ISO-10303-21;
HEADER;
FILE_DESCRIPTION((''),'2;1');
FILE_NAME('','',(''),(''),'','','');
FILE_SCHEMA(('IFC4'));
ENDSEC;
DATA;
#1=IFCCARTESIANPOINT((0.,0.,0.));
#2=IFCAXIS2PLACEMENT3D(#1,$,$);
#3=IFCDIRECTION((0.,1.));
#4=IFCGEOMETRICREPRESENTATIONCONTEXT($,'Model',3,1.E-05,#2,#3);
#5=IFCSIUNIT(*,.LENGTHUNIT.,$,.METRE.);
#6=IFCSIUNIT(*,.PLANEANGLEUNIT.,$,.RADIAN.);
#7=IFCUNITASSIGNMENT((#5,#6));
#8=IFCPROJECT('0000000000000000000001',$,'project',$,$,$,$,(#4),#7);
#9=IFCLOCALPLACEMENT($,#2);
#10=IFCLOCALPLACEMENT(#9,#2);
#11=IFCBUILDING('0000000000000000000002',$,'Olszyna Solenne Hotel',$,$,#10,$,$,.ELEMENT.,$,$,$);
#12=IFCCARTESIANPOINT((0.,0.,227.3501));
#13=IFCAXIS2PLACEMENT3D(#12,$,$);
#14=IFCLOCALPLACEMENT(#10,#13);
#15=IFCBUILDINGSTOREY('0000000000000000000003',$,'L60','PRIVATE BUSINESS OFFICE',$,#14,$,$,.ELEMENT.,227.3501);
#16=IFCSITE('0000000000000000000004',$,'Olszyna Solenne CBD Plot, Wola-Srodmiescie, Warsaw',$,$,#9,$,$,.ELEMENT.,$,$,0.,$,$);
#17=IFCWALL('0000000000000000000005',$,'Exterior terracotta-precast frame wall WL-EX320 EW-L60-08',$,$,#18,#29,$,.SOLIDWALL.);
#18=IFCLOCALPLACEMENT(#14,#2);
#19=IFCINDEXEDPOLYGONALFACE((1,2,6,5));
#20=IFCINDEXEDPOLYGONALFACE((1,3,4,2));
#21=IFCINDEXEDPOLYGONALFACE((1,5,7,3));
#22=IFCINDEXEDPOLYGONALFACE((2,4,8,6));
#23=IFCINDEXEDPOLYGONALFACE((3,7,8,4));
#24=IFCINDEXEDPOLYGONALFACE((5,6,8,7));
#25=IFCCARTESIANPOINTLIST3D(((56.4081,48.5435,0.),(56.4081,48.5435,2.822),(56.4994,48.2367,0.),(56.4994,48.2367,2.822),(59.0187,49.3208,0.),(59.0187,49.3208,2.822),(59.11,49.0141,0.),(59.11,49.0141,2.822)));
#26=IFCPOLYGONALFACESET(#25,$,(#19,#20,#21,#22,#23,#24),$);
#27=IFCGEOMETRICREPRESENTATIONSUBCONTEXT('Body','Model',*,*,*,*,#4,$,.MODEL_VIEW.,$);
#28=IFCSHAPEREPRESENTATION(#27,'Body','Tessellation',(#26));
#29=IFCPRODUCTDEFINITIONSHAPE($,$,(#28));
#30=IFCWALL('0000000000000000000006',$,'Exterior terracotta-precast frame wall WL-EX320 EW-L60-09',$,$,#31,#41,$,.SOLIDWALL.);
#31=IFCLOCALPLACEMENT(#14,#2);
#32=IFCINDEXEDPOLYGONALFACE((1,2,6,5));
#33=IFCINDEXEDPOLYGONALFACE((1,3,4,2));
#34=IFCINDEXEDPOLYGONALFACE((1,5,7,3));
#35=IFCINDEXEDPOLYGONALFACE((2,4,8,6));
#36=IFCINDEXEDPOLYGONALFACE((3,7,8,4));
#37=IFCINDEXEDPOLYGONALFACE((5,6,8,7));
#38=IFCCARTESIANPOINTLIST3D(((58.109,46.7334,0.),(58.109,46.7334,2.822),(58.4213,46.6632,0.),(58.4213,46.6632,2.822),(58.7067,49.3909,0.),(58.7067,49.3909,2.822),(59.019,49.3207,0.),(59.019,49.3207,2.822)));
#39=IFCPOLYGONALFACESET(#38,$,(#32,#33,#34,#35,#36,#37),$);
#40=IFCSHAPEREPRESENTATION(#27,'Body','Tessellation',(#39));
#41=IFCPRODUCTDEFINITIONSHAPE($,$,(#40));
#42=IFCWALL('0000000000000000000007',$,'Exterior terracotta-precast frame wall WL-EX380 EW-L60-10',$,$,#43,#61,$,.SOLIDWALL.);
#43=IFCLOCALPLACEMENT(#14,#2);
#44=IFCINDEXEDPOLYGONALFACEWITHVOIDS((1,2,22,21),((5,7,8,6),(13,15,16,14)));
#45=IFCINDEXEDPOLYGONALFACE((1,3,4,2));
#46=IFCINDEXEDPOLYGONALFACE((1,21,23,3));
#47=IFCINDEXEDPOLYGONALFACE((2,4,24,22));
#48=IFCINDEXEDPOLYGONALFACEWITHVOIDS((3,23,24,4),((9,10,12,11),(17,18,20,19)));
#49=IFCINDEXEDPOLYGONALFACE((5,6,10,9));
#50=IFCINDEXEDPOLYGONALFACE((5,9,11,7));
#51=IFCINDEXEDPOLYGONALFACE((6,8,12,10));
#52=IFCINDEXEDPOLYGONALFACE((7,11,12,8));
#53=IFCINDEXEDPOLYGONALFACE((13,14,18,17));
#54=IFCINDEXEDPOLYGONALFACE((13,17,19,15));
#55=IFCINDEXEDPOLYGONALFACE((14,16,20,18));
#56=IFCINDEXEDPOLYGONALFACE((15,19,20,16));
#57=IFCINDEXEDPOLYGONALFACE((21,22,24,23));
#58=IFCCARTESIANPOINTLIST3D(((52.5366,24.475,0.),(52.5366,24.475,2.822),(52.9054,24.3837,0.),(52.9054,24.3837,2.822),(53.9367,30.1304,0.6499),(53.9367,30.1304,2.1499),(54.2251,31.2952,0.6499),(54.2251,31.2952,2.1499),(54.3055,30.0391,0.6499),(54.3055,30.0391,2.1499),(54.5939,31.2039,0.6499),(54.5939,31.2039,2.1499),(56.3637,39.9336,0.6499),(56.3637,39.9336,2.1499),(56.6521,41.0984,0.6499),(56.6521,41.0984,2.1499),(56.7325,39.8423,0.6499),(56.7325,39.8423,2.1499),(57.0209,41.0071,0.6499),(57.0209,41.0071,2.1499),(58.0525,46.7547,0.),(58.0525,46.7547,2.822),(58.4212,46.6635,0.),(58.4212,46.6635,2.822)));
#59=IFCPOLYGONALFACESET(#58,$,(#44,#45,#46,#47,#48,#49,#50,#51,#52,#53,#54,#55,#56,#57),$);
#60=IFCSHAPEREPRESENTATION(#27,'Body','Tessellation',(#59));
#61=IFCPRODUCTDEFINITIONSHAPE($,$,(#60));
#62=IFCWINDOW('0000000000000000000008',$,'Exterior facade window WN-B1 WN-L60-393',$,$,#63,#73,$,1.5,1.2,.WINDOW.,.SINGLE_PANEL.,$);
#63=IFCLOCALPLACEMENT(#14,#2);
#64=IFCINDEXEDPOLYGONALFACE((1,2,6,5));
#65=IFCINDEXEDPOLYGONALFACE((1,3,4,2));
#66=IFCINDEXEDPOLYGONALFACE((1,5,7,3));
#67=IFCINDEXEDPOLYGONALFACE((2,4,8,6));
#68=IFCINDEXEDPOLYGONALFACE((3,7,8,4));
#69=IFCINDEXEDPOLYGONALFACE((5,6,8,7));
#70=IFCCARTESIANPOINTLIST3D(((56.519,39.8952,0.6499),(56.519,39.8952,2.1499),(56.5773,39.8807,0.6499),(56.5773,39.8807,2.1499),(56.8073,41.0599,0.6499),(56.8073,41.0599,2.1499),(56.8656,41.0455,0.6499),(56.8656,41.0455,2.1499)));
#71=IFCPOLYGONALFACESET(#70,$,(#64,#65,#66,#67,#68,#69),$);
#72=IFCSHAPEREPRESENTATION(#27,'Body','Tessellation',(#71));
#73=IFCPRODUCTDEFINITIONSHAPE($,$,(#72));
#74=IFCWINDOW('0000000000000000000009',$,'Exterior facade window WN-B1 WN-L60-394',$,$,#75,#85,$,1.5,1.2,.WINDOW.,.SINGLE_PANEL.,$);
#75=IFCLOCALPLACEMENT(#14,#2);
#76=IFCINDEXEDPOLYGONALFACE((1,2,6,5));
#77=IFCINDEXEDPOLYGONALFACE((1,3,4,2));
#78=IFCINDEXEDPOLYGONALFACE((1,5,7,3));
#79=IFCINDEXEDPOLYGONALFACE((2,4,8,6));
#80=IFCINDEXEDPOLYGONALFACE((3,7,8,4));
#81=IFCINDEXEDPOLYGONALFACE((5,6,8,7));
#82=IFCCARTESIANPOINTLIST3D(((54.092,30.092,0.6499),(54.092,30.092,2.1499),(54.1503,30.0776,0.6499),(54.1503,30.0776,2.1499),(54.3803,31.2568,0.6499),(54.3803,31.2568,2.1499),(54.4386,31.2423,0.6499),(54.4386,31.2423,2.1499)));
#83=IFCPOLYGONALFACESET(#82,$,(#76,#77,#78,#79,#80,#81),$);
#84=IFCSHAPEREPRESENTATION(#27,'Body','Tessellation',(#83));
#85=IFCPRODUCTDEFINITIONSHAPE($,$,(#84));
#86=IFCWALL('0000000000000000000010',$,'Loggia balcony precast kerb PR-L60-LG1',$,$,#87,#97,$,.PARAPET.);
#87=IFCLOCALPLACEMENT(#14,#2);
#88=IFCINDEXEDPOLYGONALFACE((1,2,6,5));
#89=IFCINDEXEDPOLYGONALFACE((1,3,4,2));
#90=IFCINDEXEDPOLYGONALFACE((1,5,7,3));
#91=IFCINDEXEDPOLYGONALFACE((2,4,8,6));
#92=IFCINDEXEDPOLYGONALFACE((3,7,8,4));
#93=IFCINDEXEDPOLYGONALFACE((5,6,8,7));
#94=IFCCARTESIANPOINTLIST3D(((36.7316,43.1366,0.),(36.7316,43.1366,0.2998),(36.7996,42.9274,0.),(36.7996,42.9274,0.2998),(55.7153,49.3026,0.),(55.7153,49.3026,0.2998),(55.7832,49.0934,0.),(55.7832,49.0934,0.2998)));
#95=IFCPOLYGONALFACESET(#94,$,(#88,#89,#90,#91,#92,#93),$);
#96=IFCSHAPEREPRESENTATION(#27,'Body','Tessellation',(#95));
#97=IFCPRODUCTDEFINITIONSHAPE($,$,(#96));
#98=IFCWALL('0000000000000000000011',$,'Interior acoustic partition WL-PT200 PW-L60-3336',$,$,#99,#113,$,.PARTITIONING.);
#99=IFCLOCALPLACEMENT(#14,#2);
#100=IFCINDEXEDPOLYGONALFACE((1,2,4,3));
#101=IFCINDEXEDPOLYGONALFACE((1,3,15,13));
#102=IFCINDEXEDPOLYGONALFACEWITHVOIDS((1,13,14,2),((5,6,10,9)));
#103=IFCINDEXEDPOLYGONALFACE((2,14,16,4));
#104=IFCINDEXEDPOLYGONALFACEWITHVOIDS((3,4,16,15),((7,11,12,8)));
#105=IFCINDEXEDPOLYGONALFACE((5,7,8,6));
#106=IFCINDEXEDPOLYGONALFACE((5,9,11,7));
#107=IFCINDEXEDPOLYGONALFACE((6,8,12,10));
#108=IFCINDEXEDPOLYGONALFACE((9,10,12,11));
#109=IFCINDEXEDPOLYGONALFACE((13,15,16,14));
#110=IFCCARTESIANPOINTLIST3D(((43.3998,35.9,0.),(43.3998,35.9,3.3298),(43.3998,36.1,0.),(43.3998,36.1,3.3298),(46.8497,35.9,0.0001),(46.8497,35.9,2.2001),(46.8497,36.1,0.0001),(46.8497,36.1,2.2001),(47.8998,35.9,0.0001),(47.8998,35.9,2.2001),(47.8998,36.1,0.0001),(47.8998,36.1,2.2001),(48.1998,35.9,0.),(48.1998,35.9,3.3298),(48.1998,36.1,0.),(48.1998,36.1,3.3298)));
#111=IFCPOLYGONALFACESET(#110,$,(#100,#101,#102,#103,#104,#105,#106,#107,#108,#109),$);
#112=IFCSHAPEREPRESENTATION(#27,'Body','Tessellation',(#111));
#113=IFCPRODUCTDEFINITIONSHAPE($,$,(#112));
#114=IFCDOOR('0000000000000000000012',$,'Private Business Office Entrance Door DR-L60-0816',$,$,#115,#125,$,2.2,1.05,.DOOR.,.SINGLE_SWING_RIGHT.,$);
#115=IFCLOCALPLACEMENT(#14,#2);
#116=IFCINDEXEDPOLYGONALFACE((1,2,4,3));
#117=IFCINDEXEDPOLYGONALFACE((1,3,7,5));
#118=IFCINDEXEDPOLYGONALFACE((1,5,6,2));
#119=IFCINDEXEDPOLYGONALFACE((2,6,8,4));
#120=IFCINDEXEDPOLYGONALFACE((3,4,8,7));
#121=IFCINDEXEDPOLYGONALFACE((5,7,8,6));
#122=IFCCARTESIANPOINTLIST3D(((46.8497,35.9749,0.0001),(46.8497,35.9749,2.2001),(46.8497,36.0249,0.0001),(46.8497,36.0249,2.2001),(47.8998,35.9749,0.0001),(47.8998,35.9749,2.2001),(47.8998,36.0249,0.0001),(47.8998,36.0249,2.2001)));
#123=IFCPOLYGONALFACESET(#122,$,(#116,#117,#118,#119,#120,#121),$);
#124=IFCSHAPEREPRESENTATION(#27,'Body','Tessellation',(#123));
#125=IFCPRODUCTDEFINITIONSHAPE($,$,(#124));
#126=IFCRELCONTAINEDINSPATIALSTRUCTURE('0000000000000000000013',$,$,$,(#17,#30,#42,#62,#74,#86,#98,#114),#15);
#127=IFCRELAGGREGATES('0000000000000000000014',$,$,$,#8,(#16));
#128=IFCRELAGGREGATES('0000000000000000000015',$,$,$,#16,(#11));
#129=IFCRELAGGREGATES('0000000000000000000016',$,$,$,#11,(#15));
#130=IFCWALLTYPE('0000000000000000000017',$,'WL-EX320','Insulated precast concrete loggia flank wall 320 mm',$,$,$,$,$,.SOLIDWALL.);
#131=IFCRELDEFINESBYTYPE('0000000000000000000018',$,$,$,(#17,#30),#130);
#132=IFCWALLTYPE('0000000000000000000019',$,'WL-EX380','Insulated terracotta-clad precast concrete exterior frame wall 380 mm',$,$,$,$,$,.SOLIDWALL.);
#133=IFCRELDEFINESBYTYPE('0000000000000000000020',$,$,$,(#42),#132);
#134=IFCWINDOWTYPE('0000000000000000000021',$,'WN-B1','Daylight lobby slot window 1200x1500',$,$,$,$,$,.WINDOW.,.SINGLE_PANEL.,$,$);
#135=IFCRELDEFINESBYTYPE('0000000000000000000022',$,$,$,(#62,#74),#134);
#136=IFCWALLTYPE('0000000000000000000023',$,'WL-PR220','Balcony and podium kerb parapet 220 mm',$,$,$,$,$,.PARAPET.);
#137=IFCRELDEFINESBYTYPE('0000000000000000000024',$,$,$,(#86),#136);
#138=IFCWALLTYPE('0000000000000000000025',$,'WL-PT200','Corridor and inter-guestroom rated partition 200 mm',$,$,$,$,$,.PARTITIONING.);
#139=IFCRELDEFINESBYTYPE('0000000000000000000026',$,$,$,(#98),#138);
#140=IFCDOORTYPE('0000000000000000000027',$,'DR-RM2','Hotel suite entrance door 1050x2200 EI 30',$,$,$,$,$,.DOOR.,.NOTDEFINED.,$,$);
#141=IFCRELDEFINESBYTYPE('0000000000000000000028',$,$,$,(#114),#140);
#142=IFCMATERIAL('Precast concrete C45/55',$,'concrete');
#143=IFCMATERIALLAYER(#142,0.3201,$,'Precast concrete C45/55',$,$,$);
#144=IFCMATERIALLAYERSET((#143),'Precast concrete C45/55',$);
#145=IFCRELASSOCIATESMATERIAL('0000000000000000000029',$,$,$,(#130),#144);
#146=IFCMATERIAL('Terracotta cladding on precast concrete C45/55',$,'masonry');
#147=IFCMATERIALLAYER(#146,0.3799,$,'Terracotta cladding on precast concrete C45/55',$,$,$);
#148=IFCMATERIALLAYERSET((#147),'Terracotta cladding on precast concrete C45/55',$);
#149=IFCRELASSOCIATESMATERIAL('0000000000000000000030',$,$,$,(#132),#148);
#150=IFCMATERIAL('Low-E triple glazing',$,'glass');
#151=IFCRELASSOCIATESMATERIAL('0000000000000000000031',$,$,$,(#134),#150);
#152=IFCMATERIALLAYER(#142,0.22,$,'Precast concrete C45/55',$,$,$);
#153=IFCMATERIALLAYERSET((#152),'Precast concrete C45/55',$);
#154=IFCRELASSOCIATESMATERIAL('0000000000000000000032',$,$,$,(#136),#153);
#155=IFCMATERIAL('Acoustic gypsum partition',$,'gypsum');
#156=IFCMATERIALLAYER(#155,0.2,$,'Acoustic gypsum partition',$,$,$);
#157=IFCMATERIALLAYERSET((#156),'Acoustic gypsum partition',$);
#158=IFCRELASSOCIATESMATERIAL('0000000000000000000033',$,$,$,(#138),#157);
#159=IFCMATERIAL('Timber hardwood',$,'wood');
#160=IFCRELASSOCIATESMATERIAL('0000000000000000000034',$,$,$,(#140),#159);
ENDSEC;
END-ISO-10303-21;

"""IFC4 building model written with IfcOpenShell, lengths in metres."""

from ifc_helpers import new_model, si_unit, direction, frame, frame_2d, origin, place, context, subcontext, project, spatial, rectangle, extrude, source, transform, mapped, material, layer, layer_set, type_object, type_shapes, element, fill, save


model = new_model("IFC4")

# Units and contexts
model_context = context("Model", 3, precision=1e-05, world=origin(), true_north=direction((0.0, 1.0)))
body_context = subcontext(model_context, "Body", "Model", "MODEL_VIEW")
ifc_project = project(units=[si_unit("LENGTHUNIT", "METRE"), si_unit("PLANEANGLEUNIT", "RADIAN")], contexts=[model_context])

# Site, building, storey
site_placement = place(None, origin())
site = spatial("IfcSite", under=ifc_project, at=site_placement, Name="Olszyna Solenne CBD Plot, Wola-Srodmiescie, Warsaw", CompositionType="ELEMENT", RefElevation=0.0)
building_placement = place(site_placement, origin())
building = spatial("IfcBuilding", under=site, at=building_placement, Name="Olszyna Solenne Hotel", CompositionType="ELEMENT")
storey_placement = place(building_placement, frame((0.0, 0.0, 227.3501)))
storey = spatial("IfcBuildingStorey", under=building, at=storey_placement, Name="L60", Description="PRIVATE BUSINESS OFFICE", CompositionType="ELEMENT", Elevation=227.3501)

# Walls
ifc_material_1 = material(Name="Precast concrete C45/55", Category="concrete")
ifc_layer_1 = layer(ifc_material_1, 0.3201, Name="Precast concrete C45/55")
ifc_layer_set_1 = layer_set([ifc_layer_1], Name="Precast concrete C45/55")
wall_type_1 = type_object("IfcWallType", Name="WL-EX320", Description="Insulated precast concrete loggia flank wall 320 mm", PredefinedType="SOLIDWALL", material=ifc_layer_set_1)
for number, where, z_axis, x_axis, name in (
    (1, (56.4539, 48.3901, 0.0), (0.0, 0.0, 1.0), (0.958414, 0.285382, 0.0), "Exterior terracotta-precast frame wall WL-EX320 EW-L60-08"),
    (2, (58.8628, 49.3557, 0.0), (0.0, 0.0, 1.0), (-0.219416, -0.975631, 0.0), "Exterior terracotta-precast frame wall WL-EX320 EW-L60-09"),
):
    element("IfcWall", number, at=place(storey_placement, frame(where, z_axis=z_axis, x_axis=x_axis)), inside=storey, type_object=wall_type_1, Name=name, PredefinedType="SOLIDWALL", context=body_context, shape_type="SweptSolid", body=[
        extrude(rectangle(XDim=2.7239, YDim=0.3201, at=frame_2d((1.3618, 0.0))), origin(), (0.0, 0.0, 1.0), 2.822),
    ])

# Wall, openings, windows
ifc_material_2 = material(Name="Terracotta cladding on precast concrete C45/55", Category="masonry")
ifc_layer_2 = layer(ifc_material_2, 0.3799, Name="Terracotta cladding on precast concrete C45/55")
ifc_layer_set_2 = layer_set([ifc_layer_2], Name="Terracotta cladding on precast concrete C45/55")
wall_type_2 = type_object("IfcWallType", Name="WL-EX380", Description="Insulated terracotta-clad precast concrete exterior frame wall 380 mm", PredefinedType="SOLIDWALL", material=ifc_layer_set_2)
wall_1_placement = place(storey_placement, frame((58.2368, 46.709, 0.0), z_axis=(0.0, 0.0, 1.0), x_axis=(-0.240318, -0.970694, 0.0)))
wall_1 = element("IfcWall", 3, at=wall_1_placement, inside=storey, type_object=wall_type_2, Name="Exterior terracotta-precast frame wall WL-EX380 EW-L60-10", PredefinedType="SOLIDWALL", context=body_context, shape_type="SweptSolid", body=[
    extrude(rectangle(XDim=22.9524, YDim=0.3799, at=frame_2d((11.4761, 0.0))), origin(), (0.0, 0.0, 1.0), 2.822),
])
opening_1_placement = place(wall_1_placement, frame((5.8269, 0.0, 0.6499)))
opening_1 = element("IfcOpeningElement", 4, at=opening_1_placement, cuts=wall_1, PredefinedType="OPENING", context=body_context, shape_type="SweptSolid", body=[
    extrude(rectangle(XDim=1.2, YDim=1.5, at=frame_2d((0.6001, 0.75))), frame((0.0, 0.2, 0.0), z_axis=(0.0, -1.0, 0.0), x_axis=(1.0, 0.0, 0.0)), (0.0, 0.0, 1.0), 0.3999),
])
opening_2_placement = place(wall_1_placement, frame((15.926, 0.0, 0.6499)))
opening_2 = element("IfcOpeningElement", 5, at=opening_2_placement, cuts=wall_1, PredefinedType="OPENING", context=body_context, shape_type="SweptSolid", body=[
    extrude(rectangle(XDim=1.2, YDim=1.5, at=frame_2d((0.6001, 0.75))), frame((0.0, 0.2, 0.0), z_axis=(0.0, -1.0, 0.0), x_axis=(1.0, 0.0, 0.0)), (0.0, 0.0, 1.0), 0.3999),
])
ifc_material_3 = material(Name="Low-E triple glazing", Category="glass")
window_type = type_object("IfcWindowType", Name="WN-B1", Description="Daylight lobby slot window 1200x1500", PartitioningType="SINGLE_PANEL", PredefinedType="WINDOW", material=ifc_material_3)
shared_shape_1 = source(origin(), body_context, "Body", "SweptSolid", [
    extrude(rectangle(XDim=1.2, YDim=1.5, at=frame_2d((0.6001, 0.75))), frame((0.0, 0.03, 0.0), z_axis=(0.0, -1.0, 0.0), x_axis=(1.0, 0.0, 0.0)), (0.0, 0.0, 1.0), 0.0601),
])
type_shapes(window_type, [shared_shape_1])
window_1_placement = place(opening_1_placement, origin())
window_1 = element("IfcWindow", 6, at=window_1_placement, inside=storey, type_object=window_type, Name="Exterior facade window WN-B1 WN-L60-393", OverallHeight=1.5, OverallWidth=1.2, PartitioningType="SINGLE_PANEL", PredefinedType="WINDOW", context=body_context, shape_type="MappedRepresentation", body=[
    mapped(shared_shape_1, transform((0.0, 0.0, 0.0), x_axis=(1.0, 0.0, 0.0), y_axis=(0.0, 1.0, 0.0), z_axis=(0.0, 0.0, 1.0), scale=1.0)),
])
fill(opening_1, window_1)
window_2_placement = place(opening_2_placement, origin())
window_2 = element("IfcWindow", 7, at=window_2_placement, inside=storey, type_object=window_type, Name="Exterior facade window WN-B1 WN-L60-394", OverallHeight=1.5, OverallWidth=1.2, PartitioningType="SINGLE_PANEL", PredefinedType="WINDOW", context=body_context, shape_type="MappedRepresentation", body=[
    mapped(shared_shape_1, transform((0.0, 0.0, 0.0), x_axis=(1.0, 0.0, 0.0), y_axis=(0.0, 1.0, 0.0), z_axis=(0.0, 0.0, 1.0), scale=1.0)),
])
fill(opening_2, window_2)

# Wall
ifc_layer_3 = layer(ifc_material_1, 0.22, Name="Precast concrete C45/55")
ifc_layer_set_3 = layer_set([ifc_layer_3], Name="Precast concrete C45/55")
wall_type_3 = type_object("IfcWallType", Name="WL-PR220", Description="Balcony and podium kerb parapet 220 mm", PredefinedType="PARAPET", material=ifc_layer_set_3)
wall_2_placement = place(storey_placement, frame((55.7493, 49.198, 0.0), z_axis=(0.0, 0.0, 1.0), x_axis=(-0.951088, -0.30892, 0.0)))
element("IfcWall", 8, at=wall_2_placement, inside=storey, type_object=wall_type_3, Name="Loggia balcony precast kerb PR-L60-LG1", PredefinedType="PARAPET", context=body_context, shape_type="SweptSolid", body=[
    extrude(rectangle(XDim=19.96, YDim=0.22, at=frame_2d((9.98, 0.0))), origin(), (0.0, 0.0, 1.0), 0.2998),
])

# Wall, opening, door
ifc_material_4 = material(Name="Acoustic gypsum partition", Category="gypsum")
ifc_layer_4 = layer(ifc_material_4, 0.2, Name="Acoustic gypsum partition")
ifc_layer_set_4 = layer_set([ifc_layer_4], Name="Acoustic gypsum partition")
wall_type_4 = type_object("IfcWallType", Name="WL-PT200", Description="Corridor and inter-guestroom rated partition 200 mm", PredefinedType="PARTITIONING", material=ifc_layer_set_4)
wall_3_placement = place(storey_placement, frame((43.3999, 36.0, 0.0), z_axis=(0.0, 0.0, 1.0), x_axis=(1.0, 0.0, 0.0)))
wall_3 = element("IfcWall", 9, at=wall_3_placement, inside=storey, type_object=wall_type_4, Name="Interior acoustic partition WL-PT200 PW-L60-3336", PredefinedType="PARTITIONING", context=body_context, shape_type="SweptSolid", body=[
    extrude(rectangle(XDim=4.8, YDim=0.2, at=frame_2d((2.3999, 0.0))), origin(), (0.0, 0.0, 1.0), 3.3298),
])
opening_3_placement = place(wall_3_placement, frame((3.45, 0.0, 0.0)))
opening_3 = element("IfcOpeningElement", 10, at=opening_3_placement, cuts=wall_3, PredefinedType="OPENING", context=body_context, shape_type="SweptSolid", body=[
    extrude(rectangle(XDim=1.05, YDim=2.2, at=frame_2d((0.5249, 1.1001))), frame((0.0, 0.1099, 0.0), z_axis=(0.0, -1.0, 0.0), x_axis=(1.0, 0.0, 0.0)), (0.0, 0.0, 1.0), 0.22),
])
ifc_material_5 = material(Name="Timber hardwood", Category="wood")
door_type = type_object("IfcDoorType", Name="DR-RM2", Description="Hotel suite entrance door 1050x2200 EI 30", OperationType="NOTDEFINED", PredefinedType="DOOR", material=ifc_material_5)
shared_shape_2 = source(origin(), body_context, "Body", "SweptSolid", [
    extrude(rectangle(XDim=1.05, YDim=2.2, at=frame_2d((0.5249, 1.1001))), frame((0.0, 0.0249, 0.0), z_axis=(0.0, -1.0, 0.0), x_axis=(1.0, 0.0, 0.0)), (0.0, 0.0, 1.0), 0.05),
])
type_shapes(door_type, [shared_shape_2])
door_placement = place(opening_3_placement, origin())
door = element("IfcDoor", 11, at=door_placement, inside=storey, type_object=door_type, Name="Private Business Office Entrance Door DR-L60-0816", OperationType="SINGLE_SWING_RIGHT", OverallHeight=2.2, OverallWidth=1.05, PredefinedType="DOOR", context=body_context, shape_type="MappedRepresentation", body=[
    mapped(shared_shape_2, transform((0.0, 0.0, 0.0), x_axis=(1.0, 0.0, 0.0), y_axis=(0.0, 1.0, 0.0), z_axis=(0.0, 0.0, 1.0), scale=1.0)),
])
fill(opening_3, door)

save(model, "model.ifc")
